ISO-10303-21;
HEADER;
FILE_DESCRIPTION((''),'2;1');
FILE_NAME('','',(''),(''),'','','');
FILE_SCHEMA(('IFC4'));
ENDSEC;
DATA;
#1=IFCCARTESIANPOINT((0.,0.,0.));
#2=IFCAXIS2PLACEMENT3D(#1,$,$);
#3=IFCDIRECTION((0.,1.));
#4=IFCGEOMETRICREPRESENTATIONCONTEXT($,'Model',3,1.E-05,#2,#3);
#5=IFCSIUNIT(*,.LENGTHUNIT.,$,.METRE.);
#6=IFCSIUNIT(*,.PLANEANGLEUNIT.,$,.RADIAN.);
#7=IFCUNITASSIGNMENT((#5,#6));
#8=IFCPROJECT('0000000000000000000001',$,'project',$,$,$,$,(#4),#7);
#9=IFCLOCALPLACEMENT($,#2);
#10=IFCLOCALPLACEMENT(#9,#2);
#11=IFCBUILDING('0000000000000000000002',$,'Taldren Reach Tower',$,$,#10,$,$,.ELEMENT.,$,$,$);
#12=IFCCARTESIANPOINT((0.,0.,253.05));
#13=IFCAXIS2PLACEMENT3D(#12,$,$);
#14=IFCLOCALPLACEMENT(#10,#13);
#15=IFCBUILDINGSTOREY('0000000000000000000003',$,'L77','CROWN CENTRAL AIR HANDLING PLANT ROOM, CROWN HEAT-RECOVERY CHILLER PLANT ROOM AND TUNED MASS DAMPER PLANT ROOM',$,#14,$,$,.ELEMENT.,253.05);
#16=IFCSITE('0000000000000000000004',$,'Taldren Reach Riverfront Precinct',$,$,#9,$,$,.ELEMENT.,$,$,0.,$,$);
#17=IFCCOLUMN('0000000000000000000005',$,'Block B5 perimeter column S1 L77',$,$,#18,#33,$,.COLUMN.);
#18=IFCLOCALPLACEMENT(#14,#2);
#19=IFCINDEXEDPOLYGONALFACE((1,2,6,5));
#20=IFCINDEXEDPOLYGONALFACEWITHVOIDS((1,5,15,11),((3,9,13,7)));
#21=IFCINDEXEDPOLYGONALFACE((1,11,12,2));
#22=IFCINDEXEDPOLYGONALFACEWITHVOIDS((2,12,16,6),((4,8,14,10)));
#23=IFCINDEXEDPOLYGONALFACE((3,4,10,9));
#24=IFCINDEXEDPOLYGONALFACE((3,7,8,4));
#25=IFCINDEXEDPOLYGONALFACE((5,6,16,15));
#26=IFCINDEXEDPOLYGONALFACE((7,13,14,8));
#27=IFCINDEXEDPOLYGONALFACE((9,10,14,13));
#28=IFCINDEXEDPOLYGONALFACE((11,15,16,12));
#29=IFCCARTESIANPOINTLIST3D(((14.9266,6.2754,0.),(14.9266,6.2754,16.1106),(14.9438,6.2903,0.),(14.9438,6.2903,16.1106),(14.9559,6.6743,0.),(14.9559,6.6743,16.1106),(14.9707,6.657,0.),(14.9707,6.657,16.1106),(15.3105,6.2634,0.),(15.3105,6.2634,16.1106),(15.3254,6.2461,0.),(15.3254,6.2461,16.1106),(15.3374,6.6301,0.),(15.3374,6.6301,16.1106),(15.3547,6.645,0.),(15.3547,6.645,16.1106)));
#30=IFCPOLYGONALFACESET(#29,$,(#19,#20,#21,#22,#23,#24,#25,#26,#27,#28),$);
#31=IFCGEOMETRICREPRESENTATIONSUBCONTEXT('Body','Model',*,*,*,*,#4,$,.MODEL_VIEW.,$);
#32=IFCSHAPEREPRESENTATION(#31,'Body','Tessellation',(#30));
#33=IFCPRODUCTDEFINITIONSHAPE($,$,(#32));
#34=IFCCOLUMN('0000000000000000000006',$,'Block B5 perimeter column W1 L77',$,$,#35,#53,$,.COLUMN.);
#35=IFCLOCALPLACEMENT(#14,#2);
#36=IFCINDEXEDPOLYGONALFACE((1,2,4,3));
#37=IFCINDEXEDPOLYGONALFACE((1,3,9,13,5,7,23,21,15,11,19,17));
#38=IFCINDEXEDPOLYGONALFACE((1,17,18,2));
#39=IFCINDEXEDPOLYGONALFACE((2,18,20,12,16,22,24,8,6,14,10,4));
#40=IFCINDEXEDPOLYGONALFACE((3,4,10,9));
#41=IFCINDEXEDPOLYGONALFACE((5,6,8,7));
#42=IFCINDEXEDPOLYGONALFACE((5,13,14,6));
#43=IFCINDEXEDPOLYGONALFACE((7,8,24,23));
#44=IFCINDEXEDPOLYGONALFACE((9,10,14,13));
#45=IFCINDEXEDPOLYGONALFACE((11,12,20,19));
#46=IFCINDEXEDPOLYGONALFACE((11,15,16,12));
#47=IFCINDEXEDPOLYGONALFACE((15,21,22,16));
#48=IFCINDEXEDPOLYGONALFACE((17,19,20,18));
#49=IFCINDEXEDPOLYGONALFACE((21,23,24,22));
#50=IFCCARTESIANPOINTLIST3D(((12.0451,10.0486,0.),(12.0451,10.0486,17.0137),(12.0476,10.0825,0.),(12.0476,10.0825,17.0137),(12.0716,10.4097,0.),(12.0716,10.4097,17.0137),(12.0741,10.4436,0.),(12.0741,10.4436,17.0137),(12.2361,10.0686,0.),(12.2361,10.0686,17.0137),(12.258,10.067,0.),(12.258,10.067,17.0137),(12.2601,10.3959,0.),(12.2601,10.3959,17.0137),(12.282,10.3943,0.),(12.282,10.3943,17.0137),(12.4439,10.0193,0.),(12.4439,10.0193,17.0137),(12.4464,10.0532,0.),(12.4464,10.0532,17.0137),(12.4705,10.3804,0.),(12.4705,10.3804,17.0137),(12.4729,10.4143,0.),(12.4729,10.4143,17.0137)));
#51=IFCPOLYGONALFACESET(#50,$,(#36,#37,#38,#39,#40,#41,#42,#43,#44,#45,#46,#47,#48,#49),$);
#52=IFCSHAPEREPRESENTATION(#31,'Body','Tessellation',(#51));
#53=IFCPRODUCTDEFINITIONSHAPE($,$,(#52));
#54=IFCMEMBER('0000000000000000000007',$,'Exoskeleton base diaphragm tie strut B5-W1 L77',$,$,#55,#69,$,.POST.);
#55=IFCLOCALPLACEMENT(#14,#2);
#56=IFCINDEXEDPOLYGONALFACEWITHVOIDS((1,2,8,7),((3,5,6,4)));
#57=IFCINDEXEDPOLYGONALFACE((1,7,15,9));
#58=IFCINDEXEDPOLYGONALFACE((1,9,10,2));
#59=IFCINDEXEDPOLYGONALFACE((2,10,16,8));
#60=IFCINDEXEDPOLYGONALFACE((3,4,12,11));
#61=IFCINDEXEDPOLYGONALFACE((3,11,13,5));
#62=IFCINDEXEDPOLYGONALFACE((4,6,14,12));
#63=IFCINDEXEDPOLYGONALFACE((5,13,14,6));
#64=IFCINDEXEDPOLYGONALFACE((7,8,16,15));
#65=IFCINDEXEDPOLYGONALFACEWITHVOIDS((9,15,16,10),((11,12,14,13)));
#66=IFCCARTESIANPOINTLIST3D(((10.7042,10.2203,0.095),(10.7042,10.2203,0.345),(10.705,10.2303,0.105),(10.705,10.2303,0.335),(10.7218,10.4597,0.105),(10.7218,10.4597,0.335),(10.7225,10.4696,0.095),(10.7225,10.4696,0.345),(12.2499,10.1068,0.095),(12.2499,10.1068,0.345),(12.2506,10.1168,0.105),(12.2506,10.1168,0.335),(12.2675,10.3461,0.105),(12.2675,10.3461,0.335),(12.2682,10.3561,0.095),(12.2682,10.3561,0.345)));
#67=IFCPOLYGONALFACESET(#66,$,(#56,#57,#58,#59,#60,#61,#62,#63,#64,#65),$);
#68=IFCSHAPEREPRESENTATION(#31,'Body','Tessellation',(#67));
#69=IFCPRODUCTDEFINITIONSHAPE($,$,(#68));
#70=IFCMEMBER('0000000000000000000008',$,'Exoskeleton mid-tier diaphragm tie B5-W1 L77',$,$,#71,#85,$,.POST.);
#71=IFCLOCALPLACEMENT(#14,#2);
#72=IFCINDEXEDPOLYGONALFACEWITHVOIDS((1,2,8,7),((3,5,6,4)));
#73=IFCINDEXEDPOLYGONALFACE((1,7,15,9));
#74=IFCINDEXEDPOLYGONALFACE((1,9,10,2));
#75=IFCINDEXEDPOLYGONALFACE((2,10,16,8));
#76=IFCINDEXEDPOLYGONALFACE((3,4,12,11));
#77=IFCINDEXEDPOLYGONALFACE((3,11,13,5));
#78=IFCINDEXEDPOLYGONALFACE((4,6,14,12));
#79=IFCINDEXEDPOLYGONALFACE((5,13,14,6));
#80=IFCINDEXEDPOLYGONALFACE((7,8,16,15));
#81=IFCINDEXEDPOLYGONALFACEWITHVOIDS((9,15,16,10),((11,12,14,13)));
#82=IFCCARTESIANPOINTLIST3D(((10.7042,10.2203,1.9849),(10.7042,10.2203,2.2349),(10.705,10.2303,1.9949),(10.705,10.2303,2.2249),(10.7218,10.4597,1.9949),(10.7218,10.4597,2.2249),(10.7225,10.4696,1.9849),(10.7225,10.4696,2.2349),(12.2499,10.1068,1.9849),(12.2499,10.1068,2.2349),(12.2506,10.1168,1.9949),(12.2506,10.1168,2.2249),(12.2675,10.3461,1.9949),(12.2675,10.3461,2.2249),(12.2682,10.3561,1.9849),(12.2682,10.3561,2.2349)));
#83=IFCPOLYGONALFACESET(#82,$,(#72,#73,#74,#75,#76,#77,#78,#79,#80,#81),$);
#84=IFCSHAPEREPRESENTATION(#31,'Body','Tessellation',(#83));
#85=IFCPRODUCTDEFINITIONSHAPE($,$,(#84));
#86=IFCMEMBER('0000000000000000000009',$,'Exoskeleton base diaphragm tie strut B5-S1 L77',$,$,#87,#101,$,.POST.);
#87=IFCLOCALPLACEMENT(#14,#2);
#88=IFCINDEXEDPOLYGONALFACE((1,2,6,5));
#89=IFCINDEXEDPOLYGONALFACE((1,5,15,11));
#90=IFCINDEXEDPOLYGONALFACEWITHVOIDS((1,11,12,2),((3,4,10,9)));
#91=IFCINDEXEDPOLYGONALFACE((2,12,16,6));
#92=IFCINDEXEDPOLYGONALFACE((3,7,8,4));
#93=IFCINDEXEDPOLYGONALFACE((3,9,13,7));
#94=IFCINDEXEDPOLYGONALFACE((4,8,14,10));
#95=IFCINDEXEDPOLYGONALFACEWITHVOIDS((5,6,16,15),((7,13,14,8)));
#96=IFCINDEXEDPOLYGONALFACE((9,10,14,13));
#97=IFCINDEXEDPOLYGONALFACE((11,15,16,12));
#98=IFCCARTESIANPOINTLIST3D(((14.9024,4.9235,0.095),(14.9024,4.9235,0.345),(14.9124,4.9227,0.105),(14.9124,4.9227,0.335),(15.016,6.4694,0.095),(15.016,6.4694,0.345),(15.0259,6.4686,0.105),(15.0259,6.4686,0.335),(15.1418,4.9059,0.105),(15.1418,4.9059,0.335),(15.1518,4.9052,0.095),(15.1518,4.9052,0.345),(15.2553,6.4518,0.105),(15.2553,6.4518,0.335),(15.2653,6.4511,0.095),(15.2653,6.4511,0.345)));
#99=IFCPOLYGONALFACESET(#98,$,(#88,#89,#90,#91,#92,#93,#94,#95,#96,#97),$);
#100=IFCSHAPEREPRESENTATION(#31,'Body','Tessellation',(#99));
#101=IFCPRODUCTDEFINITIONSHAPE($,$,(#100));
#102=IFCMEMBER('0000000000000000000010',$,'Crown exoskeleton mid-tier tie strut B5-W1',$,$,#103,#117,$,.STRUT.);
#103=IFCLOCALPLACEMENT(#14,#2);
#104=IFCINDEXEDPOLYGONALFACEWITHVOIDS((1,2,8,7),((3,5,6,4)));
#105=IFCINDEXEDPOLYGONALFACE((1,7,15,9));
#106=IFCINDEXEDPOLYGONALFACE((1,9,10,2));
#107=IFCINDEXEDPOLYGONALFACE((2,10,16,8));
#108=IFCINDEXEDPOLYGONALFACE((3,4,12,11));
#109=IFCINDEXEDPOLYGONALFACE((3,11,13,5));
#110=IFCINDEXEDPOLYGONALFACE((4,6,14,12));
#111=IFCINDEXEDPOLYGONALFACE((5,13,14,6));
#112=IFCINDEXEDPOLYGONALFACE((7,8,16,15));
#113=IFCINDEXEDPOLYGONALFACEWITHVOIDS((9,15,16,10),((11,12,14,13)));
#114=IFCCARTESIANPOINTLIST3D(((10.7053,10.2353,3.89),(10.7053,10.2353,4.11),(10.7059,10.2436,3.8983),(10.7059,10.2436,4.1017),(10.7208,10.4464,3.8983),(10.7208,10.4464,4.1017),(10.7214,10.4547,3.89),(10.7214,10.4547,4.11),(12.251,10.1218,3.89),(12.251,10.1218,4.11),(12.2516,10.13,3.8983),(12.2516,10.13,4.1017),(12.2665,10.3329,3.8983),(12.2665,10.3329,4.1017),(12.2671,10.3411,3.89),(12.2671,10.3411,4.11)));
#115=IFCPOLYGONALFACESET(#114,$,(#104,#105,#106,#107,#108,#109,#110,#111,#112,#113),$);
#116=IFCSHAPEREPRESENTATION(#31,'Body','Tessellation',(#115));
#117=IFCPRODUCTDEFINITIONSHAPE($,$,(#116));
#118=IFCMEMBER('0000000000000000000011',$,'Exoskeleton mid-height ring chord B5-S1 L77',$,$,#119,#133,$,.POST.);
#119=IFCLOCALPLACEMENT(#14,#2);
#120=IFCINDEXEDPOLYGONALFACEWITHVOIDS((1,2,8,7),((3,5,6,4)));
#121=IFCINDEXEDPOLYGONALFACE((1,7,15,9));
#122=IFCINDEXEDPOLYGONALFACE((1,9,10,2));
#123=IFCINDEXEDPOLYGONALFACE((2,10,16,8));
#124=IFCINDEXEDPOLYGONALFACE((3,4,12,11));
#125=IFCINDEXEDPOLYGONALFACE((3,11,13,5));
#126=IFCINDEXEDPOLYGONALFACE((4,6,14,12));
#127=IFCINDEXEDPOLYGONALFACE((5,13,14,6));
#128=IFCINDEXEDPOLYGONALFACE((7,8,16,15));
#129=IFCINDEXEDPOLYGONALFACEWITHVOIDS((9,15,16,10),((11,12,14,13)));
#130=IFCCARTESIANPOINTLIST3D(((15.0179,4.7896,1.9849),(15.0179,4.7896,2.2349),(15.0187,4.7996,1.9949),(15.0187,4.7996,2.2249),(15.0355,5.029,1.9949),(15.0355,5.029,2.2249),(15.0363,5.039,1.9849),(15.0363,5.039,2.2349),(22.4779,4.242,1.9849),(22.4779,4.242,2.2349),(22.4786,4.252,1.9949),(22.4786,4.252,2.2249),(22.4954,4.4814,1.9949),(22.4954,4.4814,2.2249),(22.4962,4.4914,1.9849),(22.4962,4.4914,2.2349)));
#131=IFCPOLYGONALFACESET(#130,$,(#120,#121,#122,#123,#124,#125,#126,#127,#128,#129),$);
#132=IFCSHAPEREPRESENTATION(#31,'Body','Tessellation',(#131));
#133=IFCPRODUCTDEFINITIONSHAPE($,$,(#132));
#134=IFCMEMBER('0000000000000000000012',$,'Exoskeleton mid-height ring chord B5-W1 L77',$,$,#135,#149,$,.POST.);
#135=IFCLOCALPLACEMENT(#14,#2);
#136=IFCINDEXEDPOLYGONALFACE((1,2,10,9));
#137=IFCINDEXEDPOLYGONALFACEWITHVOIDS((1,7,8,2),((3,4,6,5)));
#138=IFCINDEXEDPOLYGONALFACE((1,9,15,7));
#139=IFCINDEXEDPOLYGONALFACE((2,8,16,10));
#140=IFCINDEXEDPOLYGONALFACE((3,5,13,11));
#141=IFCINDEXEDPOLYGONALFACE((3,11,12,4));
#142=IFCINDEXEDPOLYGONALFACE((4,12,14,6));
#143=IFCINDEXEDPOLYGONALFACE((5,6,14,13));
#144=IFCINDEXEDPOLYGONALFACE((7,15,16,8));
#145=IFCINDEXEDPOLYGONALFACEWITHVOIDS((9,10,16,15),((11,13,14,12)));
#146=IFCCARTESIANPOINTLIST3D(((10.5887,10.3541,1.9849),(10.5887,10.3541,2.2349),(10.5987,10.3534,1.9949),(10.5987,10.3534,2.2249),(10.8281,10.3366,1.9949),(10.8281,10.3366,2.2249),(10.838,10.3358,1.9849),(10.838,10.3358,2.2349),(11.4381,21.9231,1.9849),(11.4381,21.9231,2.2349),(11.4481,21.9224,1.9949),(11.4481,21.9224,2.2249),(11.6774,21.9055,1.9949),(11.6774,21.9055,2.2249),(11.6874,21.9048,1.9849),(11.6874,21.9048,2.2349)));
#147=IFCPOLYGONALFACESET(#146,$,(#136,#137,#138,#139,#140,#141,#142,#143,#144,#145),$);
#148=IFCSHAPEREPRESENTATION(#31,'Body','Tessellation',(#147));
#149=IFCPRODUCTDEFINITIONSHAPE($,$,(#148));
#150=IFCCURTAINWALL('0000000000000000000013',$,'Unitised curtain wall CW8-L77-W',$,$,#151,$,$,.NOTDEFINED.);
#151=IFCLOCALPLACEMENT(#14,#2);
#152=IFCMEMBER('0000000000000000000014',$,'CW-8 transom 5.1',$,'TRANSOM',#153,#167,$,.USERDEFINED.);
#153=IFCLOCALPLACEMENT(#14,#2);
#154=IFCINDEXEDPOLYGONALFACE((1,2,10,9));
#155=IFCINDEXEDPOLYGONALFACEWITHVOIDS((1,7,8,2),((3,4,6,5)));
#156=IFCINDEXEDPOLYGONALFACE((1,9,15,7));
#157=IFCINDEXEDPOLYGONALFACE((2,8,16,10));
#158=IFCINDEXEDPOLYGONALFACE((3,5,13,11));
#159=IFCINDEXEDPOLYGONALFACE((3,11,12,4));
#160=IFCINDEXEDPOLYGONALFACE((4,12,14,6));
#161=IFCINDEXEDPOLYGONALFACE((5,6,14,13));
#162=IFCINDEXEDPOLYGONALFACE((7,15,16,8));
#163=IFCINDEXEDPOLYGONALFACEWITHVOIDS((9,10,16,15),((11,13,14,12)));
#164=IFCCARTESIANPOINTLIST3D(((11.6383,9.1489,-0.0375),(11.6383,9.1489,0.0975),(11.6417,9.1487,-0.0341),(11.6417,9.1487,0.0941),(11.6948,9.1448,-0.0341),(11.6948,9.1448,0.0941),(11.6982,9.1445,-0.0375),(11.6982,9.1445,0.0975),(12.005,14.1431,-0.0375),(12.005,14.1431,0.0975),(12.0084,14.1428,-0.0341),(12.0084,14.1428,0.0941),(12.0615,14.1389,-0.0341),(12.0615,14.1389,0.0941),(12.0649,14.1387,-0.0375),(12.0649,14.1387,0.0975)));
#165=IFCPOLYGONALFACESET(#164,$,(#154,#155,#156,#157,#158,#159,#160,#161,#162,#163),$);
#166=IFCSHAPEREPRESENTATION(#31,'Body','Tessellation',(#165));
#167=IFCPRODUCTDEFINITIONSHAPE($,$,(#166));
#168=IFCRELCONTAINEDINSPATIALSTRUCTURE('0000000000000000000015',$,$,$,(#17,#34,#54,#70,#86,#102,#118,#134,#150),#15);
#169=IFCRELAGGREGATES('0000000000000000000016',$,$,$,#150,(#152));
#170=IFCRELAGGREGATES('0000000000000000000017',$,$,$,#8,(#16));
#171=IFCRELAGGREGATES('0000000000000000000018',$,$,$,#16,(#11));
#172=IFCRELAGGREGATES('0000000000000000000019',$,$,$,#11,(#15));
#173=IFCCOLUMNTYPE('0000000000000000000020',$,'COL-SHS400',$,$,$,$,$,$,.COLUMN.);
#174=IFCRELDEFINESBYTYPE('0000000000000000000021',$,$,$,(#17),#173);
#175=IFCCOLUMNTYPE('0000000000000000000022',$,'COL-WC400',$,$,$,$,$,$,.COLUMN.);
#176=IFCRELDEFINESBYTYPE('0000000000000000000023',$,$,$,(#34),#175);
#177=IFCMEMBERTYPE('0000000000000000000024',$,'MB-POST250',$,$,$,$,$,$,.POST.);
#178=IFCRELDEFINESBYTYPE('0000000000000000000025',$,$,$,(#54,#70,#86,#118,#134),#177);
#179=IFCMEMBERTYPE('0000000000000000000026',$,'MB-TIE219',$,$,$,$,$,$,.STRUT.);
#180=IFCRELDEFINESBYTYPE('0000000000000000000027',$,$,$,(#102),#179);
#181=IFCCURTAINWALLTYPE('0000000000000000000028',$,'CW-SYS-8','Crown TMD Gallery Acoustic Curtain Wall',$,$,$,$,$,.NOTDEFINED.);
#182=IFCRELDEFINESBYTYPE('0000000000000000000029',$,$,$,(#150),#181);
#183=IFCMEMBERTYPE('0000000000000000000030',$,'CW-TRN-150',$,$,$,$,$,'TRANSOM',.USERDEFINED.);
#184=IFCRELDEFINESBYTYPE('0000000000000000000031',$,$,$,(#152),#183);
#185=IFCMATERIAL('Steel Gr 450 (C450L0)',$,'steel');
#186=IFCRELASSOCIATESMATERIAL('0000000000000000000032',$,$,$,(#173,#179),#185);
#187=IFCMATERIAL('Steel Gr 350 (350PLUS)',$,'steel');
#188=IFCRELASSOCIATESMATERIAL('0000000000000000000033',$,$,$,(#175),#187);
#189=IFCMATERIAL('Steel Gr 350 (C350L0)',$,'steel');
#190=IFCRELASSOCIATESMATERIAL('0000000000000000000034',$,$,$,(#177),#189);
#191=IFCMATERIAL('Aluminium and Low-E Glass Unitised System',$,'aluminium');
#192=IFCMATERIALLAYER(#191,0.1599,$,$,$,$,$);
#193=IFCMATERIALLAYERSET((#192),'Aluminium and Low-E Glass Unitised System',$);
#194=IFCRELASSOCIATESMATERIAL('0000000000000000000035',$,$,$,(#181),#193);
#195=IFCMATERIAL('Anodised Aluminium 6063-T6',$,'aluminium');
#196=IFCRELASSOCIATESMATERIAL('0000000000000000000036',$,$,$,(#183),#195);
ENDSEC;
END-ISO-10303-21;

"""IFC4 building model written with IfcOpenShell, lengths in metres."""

from ifc_helpers import new_model, si_unit, direction, frame, origin, origin_2d, place, context, subcontext, project, spatial, hollow_rectangle, i_section, extrude, source, transform, mapped, material, layer, layer_set, material_profile, profile_set, type_object, element, aggregate, save


model = new_model("IFC4")

# Units and contexts
model_context = context("Model", 3, precision=1e-05, world=origin(), true_north=direction((0.0, 1.0)))
body_context = subcontext(model_context, "Body", "Model", "MODEL_VIEW")
ifc_project = project(units=[si_unit("LENGTHUNIT", "METRE"), si_unit("PLANEANGLEUNIT", "RADIAN")], contexts=[model_context])

# Site, building, storey
site_placement = place(None, origin())
site = spatial("IfcSite", under=ifc_project, at=site_placement, Name="Taldren Reach Riverfront Precinct", CompositionType="ELEMENT", RefElevation=0.0)
building_placement = place(site_placement, origin())
building = spatial("IfcBuilding", under=site, at=building_placement, Name="Taldren Reach Tower", CompositionType="ELEMENT")
storey_placement = place(building_placement, frame((0.0, 0.0, 253.05)))
storey = spatial("IfcBuildingStorey", under=building, at=storey_placement, Name="L77", Description="CROWN CENTRAL AIR HANDLING PLANT ROOM, CROWN HEAT-RECOVERY CHILLER PLANT ROOM AND TUNED MASS DAMPER PLANT ROOM", CompositionType="ELEMENT", Elevation=253.05)

# Columns
ifc_material_1 = material(Name="Steel Gr 450 (C450L0)", Category="steel")
ifc_material_profile_1 = material_profile(ifc_material_1, hollow_rectangle(XDim=0.3999, YDim=0.3999, WallThickness=0.0161, at=origin_2d()), Name="400x400x16.0SHS")
ifc_profile_set_1 = profile_set([ifc_material_profile_1], Name="Steel Gr 450 (C450L0)")
column_type_1 = type_object("IfcColumnType", Name="COL-SHS400", PredefinedType="COLUMN", material=ifc_profile_set_1)
shared_shape_1 = source(origin(), body_context, "Body", "SweptSolid", [
    extrude(hollow_rectangle(XDim=0.3999, YDim=0.3999, WallThickness=0.0161, at=origin_2d()), origin(), (0.0, 0.0, 1.0), 16.1106),
])
column_1_placement = place(storey_placement, frame((15.1406, 6.4602, 0.0), z_axis=(0.0, 0.0, 1.0), x_axis=(0.997314, -0.073238, 0.0)))
element("IfcColumn", 1, at=column_1_placement, inside=storey, type_object=column_type_1, Name="Block B5 perimeter column S1 L77", PredefinedType="COLUMN", context=body_context, shape_type="MappedRepresentation", body=[
    mapped(shared_shape_1, transform((0.0, 0.0, 0.0), scale=1.0)),
])
ifc_material_2 = material(Name="Steel Gr 350 (350PLUS)", Category="steel")
ifc_material_profile_2 = material_profile(ifc_material_2, i_section(OverallWidth=0.3999, OverallDepth=0.396, WebThickness=0.022, FlangeThickness=0.0339, at=origin_2d()), Name="400WC270")
ifc_profile_set_2 = profile_set([ifc_material_profile_2], Name="Steel Gr 350 (350PLUS)")
column_type_2 = type_object("IfcColumnType", Name="COL-WC400", PredefinedType="COLUMN", material=ifc_profile_set_2)
shared_shape_2 = source(origin(), body_context, "Body", "SweptSolid", [
    extrude(i_section(OverallWidth=0.3999, OverallDepth=0.396, WebThickness=0.022, FlangeThickness=0.0339, at=origin_2d()), origin(), (0.0, 0.0, 1.0), 17.0137),
])
column_2_placement = place(storey_placement, frame((12.259, 10.2314, 0.0), z_axis=(0.0, 0.0, 1.0), x_axis=(0.997314, -0.073238, 0.0)))
element("IfcColumn", 2, at=column_2_placement, inside=storey, type_object=column_type_2, Name="Block B5 perimeter column W1 L77", PredefinedType="COLUMN", context=body_context, shape_type="MappedRepresentation", body=[
    mapped(shared_shape_2, transform((0.0, 0.0, 0.0), scale=1.0)),
])

# Members
ifc_material_3 = material(Name="Steel Gr 350 (C350L0)", Category="steel")
ifc_material_profile_3 = material_profile(ifc_material_3, hollow_rectangle(XDim=0.25, YDim=0.25, WallThickness=0.01, at=origin_2d()), Name="250x250x10.0SHS")
ifc_profile_set_3 = profile_set([ifc_material_profile_3], Name="Steel Gr 350 (C350L0)")
member_type_1 = type_object("IfcMemberType", Name="MB-POST250", PredefinedType="POST", material=ifc_profile_set_3)
shared_shape_3 = source(origin(), body_context, "Body", "SweptSolid", [
    extrude(hollow_rectangle(XDim=0.25, YDim=0.25, WallThickness=0.01, at=origin_2d()), origin(), (0.0, 0.0, 1.0), 1.5498),
])
for number, where, z_axis, x_axis, name in (
    (3, (12.259, 10.2314, 0.22), (-0.997314, 0.073251, 0.0), (-0.073251, -0.997314, 0.0), "Exoskeleton base diaphragm tie strut B5-W1 L77"),
    (4, (12.259, 10.2314, 2.1099), (-0.997314, 0.073251, 0.0), (-0.073251, -0.997314, 0.0), "Exoskeleton mid-tier diaphragm tie B5-W1 L77"),
):
    element("IfcMember", number, at=place(storey_placement, frame(where, z_axis=z_axis, x_axis=x_axis)), inside=storey, type_object=member_type_1, Name=name, PredefinedType="POST", context=body_context, shape_type="MappedRepresentation", body=[
        mapped(shared_shape_3, transform((0.0, 0.0, 0.0), scale=1.0)),
    ])
shared_shape_4 = source(origin(), body_context, "Body", "SweptSolid", [
    extrude(hollow_rectangle(XDim=0.25, YDim=0.25, WallThickness=0.01, at=origin_2d()), origin(), (0.0, 0.0, 1.0), 1.55),
])
member_1_placement = place(storey_placement, frame((15.1406, 6.4602, 0.22), z_axis=(-0.073239, -0.997314, 0.0), x_axis=(0.997314, -0.073239, 0.0)))
element("IfcMember", 5, at=member_1_placement, inside=storey, type_object=member_type_1, Name="Exoskeleton base diaphragm tie strut B5-S1 L77", PredefinedType="POST", context=body_context, shape_type="MappedRepresentation", body=[
    mapped(shared_shape_4, transform((0.0, 0.0, 0.0), scale=1.0)),
])
ifc_material_profile_4 = material_profile(ifc_material_1, hollow_rectangle(XDim=0.22, YDim=0.22, WallThickness=0.0083, at=origin_2d()), Name="220x220x8.2SHS")
ifc_profile_set_4 = profile_set([ifc_material_profile_4], Name="Steel Gr 450 (C450L0)")
member_type_2 = type_object("IfcMemberType", Name="MB-TIE219", PredefinedType="STRUT", material=ifc_profile_set_4)
shared_shape_5 = source(origin(), body_context, "Body", "SweptSolid", [
    extrude(hollow_rectangle(XDim=0.22, YDim=0.22, WallThickness=0.0083, at=origin_2d()), origin(), (0.0, 0.0, 1.0), 1.5498),
])
member_2_placement = place(storey_placement, frame((12.259, 10.2314, 4.0), z_axis=(-0.997314, 0.073251, 0.0), x_axis=(-0.073251, -0.997314, 0.0)))
element("IfcMember", 6, at=member_2_placement, inside=storey, type_object=member_type_2, Name="Crown exoskeleton mid-tier tie strut B5-W1", PredefinedType="STRUT", context=body_context, shape_type="MappedRepresentation", body=[
    mapped(shared_shape_5, transform((0.0, 0.0, 0.0), scale=1.0)),
])
shared_shape_6 = source(origin(), body_context, "Body", "SweptSolid", [
    extrude(hollow_rectangle(XDim=0.25, YDim=0.25, WallThickness=0.01, at=origin_2d()), origin(), (0.0, 0.0, 1.0), 7.48),
])
member_3_placement = place(storey_placement, frame((15.0271, 4.9143, 2.1099), z_axis=(0.997317, -0.073209, 0.0), x_axis=(0.073209, 0.997317, 0.0)))
element("IfcMember", 7, at=member_3_placement, inside=storey, type_object=member_type_1, Name="Exoskeleton mid-height ring chord B5-S1 L77", PredefinedType="POST", context=body_context, shape_type="MappedRepresentation", body=[
    mapped(shared_shape_6, transform((0.0, 0.0, 0.0), scale=1.0)),
])
shared_shape_7 = source(origin(), body_context, "Body", "SweptSolid", [
    extrude(hollow_rectangle(XDim=0.25, YDim=0.25, WallThickness=0.01, at=origin_2d()), origin(), (0.0, 0.0, 1.0), 11.6001),
])
member_4_placement = place(storey_placement, frame((10.7134, 10.345, 2.1099), z_axis=(0.073221, 0.997316, 0.0), x_axis=(-0.997316, 0.073221, 0.0)))
element("IfcMember", 8, at=member_4_placement, inside=storey, type_object=member_type_1, Name="Exoskeleton mid-height ring chord B5-W1 L77", PredefinedType="POST", context=body_context, shape_type="MappedRepresentation", body=[
    mapped(shared_shape_7, transform((0.0, 0.0, 0.0), scale=1.0)),
])

# Curtain wall, member
ifc_material_4 = material(Name="Aluminium and Low-E Glass Unitised System", Category="aluminium")
ifc_layer_1 = layer(ifc_material_4, 0.1599)
ifc_layer_set_1 = layer_set([ifc_layer_1], Name="Aluminium and Low-E Glass Unitised System")
curtain_wall_type = type_object("IfcCurtainWallType", Name="CW-SYS-8", Description="Crown TMD Gallery Acoustic Curtain Wall", PredefinedType="NOTDEFINED", material=ifc_layer_set_1)
curtain_wall_1_placement = place(storey_placement, origin())
curtain_wall_1 = element("IfcCurtainWall", 9, at=curtain_wall_1_placement, inside=storey, type_object=curtain_wall_type, Name="Unitised curtain wall CW8-L77-W", PredefinedType="NOTDEFINED")
ifc_material_5 = material(Name="Anodised Aluminium 6063-T6", Category="aluminium")
ifc_material_profile_5 = material_profile(ifc_material_5, hollow_rectangle(XDim=0.0601, YDim=0.135, WallThickness=0.0034, at=origin_2d()), Name="ALU-135x60x3.5RHS")
ifc_profile_set_5 = profile_set([ifc_material_profile_5], Name="Anodised Aluminium 6063-T6")
member_type_3 = type_object("IfcMemberType", Name="CW-TRN-150", ElementType="TRANSOM", PredefinedType="USERDEFINED", material=ifc_profile_set_5)
shared_shape_8 = source(origin(), body_context, "Body", "SweptSolid", [
    extrude(hollow_rectangle(XDim=0.0601, YDim=0.135, WallThickness=0.0034, at=origin_2d()), origin(), (0.0, 0.0, 1.0), 5.0076),
])
member_5_placement = place(storey_placement, frame((12.0349, 14.1409, 0.03), z_axis=(-0.073229, -0.997315, 0.0), x_axis=(0.997315, -0.073229, 0.0)))
member_5 = element("IfcMember", 10, at=member_5_placement, type_object=member_type_3, Name="CW-8 transom 5.1", ObjectType="TRANSOM", PredefinedType="USERDEFINED", context=body_context, shape_type="MappedRepresentation", body=[
    mapped(shared_shape_8, transform((0.0, 0.0, 0.0), scale=1.0)),
])

aggregate(curtain_wall_1, [member_5])

save(model, "model.ifc")
